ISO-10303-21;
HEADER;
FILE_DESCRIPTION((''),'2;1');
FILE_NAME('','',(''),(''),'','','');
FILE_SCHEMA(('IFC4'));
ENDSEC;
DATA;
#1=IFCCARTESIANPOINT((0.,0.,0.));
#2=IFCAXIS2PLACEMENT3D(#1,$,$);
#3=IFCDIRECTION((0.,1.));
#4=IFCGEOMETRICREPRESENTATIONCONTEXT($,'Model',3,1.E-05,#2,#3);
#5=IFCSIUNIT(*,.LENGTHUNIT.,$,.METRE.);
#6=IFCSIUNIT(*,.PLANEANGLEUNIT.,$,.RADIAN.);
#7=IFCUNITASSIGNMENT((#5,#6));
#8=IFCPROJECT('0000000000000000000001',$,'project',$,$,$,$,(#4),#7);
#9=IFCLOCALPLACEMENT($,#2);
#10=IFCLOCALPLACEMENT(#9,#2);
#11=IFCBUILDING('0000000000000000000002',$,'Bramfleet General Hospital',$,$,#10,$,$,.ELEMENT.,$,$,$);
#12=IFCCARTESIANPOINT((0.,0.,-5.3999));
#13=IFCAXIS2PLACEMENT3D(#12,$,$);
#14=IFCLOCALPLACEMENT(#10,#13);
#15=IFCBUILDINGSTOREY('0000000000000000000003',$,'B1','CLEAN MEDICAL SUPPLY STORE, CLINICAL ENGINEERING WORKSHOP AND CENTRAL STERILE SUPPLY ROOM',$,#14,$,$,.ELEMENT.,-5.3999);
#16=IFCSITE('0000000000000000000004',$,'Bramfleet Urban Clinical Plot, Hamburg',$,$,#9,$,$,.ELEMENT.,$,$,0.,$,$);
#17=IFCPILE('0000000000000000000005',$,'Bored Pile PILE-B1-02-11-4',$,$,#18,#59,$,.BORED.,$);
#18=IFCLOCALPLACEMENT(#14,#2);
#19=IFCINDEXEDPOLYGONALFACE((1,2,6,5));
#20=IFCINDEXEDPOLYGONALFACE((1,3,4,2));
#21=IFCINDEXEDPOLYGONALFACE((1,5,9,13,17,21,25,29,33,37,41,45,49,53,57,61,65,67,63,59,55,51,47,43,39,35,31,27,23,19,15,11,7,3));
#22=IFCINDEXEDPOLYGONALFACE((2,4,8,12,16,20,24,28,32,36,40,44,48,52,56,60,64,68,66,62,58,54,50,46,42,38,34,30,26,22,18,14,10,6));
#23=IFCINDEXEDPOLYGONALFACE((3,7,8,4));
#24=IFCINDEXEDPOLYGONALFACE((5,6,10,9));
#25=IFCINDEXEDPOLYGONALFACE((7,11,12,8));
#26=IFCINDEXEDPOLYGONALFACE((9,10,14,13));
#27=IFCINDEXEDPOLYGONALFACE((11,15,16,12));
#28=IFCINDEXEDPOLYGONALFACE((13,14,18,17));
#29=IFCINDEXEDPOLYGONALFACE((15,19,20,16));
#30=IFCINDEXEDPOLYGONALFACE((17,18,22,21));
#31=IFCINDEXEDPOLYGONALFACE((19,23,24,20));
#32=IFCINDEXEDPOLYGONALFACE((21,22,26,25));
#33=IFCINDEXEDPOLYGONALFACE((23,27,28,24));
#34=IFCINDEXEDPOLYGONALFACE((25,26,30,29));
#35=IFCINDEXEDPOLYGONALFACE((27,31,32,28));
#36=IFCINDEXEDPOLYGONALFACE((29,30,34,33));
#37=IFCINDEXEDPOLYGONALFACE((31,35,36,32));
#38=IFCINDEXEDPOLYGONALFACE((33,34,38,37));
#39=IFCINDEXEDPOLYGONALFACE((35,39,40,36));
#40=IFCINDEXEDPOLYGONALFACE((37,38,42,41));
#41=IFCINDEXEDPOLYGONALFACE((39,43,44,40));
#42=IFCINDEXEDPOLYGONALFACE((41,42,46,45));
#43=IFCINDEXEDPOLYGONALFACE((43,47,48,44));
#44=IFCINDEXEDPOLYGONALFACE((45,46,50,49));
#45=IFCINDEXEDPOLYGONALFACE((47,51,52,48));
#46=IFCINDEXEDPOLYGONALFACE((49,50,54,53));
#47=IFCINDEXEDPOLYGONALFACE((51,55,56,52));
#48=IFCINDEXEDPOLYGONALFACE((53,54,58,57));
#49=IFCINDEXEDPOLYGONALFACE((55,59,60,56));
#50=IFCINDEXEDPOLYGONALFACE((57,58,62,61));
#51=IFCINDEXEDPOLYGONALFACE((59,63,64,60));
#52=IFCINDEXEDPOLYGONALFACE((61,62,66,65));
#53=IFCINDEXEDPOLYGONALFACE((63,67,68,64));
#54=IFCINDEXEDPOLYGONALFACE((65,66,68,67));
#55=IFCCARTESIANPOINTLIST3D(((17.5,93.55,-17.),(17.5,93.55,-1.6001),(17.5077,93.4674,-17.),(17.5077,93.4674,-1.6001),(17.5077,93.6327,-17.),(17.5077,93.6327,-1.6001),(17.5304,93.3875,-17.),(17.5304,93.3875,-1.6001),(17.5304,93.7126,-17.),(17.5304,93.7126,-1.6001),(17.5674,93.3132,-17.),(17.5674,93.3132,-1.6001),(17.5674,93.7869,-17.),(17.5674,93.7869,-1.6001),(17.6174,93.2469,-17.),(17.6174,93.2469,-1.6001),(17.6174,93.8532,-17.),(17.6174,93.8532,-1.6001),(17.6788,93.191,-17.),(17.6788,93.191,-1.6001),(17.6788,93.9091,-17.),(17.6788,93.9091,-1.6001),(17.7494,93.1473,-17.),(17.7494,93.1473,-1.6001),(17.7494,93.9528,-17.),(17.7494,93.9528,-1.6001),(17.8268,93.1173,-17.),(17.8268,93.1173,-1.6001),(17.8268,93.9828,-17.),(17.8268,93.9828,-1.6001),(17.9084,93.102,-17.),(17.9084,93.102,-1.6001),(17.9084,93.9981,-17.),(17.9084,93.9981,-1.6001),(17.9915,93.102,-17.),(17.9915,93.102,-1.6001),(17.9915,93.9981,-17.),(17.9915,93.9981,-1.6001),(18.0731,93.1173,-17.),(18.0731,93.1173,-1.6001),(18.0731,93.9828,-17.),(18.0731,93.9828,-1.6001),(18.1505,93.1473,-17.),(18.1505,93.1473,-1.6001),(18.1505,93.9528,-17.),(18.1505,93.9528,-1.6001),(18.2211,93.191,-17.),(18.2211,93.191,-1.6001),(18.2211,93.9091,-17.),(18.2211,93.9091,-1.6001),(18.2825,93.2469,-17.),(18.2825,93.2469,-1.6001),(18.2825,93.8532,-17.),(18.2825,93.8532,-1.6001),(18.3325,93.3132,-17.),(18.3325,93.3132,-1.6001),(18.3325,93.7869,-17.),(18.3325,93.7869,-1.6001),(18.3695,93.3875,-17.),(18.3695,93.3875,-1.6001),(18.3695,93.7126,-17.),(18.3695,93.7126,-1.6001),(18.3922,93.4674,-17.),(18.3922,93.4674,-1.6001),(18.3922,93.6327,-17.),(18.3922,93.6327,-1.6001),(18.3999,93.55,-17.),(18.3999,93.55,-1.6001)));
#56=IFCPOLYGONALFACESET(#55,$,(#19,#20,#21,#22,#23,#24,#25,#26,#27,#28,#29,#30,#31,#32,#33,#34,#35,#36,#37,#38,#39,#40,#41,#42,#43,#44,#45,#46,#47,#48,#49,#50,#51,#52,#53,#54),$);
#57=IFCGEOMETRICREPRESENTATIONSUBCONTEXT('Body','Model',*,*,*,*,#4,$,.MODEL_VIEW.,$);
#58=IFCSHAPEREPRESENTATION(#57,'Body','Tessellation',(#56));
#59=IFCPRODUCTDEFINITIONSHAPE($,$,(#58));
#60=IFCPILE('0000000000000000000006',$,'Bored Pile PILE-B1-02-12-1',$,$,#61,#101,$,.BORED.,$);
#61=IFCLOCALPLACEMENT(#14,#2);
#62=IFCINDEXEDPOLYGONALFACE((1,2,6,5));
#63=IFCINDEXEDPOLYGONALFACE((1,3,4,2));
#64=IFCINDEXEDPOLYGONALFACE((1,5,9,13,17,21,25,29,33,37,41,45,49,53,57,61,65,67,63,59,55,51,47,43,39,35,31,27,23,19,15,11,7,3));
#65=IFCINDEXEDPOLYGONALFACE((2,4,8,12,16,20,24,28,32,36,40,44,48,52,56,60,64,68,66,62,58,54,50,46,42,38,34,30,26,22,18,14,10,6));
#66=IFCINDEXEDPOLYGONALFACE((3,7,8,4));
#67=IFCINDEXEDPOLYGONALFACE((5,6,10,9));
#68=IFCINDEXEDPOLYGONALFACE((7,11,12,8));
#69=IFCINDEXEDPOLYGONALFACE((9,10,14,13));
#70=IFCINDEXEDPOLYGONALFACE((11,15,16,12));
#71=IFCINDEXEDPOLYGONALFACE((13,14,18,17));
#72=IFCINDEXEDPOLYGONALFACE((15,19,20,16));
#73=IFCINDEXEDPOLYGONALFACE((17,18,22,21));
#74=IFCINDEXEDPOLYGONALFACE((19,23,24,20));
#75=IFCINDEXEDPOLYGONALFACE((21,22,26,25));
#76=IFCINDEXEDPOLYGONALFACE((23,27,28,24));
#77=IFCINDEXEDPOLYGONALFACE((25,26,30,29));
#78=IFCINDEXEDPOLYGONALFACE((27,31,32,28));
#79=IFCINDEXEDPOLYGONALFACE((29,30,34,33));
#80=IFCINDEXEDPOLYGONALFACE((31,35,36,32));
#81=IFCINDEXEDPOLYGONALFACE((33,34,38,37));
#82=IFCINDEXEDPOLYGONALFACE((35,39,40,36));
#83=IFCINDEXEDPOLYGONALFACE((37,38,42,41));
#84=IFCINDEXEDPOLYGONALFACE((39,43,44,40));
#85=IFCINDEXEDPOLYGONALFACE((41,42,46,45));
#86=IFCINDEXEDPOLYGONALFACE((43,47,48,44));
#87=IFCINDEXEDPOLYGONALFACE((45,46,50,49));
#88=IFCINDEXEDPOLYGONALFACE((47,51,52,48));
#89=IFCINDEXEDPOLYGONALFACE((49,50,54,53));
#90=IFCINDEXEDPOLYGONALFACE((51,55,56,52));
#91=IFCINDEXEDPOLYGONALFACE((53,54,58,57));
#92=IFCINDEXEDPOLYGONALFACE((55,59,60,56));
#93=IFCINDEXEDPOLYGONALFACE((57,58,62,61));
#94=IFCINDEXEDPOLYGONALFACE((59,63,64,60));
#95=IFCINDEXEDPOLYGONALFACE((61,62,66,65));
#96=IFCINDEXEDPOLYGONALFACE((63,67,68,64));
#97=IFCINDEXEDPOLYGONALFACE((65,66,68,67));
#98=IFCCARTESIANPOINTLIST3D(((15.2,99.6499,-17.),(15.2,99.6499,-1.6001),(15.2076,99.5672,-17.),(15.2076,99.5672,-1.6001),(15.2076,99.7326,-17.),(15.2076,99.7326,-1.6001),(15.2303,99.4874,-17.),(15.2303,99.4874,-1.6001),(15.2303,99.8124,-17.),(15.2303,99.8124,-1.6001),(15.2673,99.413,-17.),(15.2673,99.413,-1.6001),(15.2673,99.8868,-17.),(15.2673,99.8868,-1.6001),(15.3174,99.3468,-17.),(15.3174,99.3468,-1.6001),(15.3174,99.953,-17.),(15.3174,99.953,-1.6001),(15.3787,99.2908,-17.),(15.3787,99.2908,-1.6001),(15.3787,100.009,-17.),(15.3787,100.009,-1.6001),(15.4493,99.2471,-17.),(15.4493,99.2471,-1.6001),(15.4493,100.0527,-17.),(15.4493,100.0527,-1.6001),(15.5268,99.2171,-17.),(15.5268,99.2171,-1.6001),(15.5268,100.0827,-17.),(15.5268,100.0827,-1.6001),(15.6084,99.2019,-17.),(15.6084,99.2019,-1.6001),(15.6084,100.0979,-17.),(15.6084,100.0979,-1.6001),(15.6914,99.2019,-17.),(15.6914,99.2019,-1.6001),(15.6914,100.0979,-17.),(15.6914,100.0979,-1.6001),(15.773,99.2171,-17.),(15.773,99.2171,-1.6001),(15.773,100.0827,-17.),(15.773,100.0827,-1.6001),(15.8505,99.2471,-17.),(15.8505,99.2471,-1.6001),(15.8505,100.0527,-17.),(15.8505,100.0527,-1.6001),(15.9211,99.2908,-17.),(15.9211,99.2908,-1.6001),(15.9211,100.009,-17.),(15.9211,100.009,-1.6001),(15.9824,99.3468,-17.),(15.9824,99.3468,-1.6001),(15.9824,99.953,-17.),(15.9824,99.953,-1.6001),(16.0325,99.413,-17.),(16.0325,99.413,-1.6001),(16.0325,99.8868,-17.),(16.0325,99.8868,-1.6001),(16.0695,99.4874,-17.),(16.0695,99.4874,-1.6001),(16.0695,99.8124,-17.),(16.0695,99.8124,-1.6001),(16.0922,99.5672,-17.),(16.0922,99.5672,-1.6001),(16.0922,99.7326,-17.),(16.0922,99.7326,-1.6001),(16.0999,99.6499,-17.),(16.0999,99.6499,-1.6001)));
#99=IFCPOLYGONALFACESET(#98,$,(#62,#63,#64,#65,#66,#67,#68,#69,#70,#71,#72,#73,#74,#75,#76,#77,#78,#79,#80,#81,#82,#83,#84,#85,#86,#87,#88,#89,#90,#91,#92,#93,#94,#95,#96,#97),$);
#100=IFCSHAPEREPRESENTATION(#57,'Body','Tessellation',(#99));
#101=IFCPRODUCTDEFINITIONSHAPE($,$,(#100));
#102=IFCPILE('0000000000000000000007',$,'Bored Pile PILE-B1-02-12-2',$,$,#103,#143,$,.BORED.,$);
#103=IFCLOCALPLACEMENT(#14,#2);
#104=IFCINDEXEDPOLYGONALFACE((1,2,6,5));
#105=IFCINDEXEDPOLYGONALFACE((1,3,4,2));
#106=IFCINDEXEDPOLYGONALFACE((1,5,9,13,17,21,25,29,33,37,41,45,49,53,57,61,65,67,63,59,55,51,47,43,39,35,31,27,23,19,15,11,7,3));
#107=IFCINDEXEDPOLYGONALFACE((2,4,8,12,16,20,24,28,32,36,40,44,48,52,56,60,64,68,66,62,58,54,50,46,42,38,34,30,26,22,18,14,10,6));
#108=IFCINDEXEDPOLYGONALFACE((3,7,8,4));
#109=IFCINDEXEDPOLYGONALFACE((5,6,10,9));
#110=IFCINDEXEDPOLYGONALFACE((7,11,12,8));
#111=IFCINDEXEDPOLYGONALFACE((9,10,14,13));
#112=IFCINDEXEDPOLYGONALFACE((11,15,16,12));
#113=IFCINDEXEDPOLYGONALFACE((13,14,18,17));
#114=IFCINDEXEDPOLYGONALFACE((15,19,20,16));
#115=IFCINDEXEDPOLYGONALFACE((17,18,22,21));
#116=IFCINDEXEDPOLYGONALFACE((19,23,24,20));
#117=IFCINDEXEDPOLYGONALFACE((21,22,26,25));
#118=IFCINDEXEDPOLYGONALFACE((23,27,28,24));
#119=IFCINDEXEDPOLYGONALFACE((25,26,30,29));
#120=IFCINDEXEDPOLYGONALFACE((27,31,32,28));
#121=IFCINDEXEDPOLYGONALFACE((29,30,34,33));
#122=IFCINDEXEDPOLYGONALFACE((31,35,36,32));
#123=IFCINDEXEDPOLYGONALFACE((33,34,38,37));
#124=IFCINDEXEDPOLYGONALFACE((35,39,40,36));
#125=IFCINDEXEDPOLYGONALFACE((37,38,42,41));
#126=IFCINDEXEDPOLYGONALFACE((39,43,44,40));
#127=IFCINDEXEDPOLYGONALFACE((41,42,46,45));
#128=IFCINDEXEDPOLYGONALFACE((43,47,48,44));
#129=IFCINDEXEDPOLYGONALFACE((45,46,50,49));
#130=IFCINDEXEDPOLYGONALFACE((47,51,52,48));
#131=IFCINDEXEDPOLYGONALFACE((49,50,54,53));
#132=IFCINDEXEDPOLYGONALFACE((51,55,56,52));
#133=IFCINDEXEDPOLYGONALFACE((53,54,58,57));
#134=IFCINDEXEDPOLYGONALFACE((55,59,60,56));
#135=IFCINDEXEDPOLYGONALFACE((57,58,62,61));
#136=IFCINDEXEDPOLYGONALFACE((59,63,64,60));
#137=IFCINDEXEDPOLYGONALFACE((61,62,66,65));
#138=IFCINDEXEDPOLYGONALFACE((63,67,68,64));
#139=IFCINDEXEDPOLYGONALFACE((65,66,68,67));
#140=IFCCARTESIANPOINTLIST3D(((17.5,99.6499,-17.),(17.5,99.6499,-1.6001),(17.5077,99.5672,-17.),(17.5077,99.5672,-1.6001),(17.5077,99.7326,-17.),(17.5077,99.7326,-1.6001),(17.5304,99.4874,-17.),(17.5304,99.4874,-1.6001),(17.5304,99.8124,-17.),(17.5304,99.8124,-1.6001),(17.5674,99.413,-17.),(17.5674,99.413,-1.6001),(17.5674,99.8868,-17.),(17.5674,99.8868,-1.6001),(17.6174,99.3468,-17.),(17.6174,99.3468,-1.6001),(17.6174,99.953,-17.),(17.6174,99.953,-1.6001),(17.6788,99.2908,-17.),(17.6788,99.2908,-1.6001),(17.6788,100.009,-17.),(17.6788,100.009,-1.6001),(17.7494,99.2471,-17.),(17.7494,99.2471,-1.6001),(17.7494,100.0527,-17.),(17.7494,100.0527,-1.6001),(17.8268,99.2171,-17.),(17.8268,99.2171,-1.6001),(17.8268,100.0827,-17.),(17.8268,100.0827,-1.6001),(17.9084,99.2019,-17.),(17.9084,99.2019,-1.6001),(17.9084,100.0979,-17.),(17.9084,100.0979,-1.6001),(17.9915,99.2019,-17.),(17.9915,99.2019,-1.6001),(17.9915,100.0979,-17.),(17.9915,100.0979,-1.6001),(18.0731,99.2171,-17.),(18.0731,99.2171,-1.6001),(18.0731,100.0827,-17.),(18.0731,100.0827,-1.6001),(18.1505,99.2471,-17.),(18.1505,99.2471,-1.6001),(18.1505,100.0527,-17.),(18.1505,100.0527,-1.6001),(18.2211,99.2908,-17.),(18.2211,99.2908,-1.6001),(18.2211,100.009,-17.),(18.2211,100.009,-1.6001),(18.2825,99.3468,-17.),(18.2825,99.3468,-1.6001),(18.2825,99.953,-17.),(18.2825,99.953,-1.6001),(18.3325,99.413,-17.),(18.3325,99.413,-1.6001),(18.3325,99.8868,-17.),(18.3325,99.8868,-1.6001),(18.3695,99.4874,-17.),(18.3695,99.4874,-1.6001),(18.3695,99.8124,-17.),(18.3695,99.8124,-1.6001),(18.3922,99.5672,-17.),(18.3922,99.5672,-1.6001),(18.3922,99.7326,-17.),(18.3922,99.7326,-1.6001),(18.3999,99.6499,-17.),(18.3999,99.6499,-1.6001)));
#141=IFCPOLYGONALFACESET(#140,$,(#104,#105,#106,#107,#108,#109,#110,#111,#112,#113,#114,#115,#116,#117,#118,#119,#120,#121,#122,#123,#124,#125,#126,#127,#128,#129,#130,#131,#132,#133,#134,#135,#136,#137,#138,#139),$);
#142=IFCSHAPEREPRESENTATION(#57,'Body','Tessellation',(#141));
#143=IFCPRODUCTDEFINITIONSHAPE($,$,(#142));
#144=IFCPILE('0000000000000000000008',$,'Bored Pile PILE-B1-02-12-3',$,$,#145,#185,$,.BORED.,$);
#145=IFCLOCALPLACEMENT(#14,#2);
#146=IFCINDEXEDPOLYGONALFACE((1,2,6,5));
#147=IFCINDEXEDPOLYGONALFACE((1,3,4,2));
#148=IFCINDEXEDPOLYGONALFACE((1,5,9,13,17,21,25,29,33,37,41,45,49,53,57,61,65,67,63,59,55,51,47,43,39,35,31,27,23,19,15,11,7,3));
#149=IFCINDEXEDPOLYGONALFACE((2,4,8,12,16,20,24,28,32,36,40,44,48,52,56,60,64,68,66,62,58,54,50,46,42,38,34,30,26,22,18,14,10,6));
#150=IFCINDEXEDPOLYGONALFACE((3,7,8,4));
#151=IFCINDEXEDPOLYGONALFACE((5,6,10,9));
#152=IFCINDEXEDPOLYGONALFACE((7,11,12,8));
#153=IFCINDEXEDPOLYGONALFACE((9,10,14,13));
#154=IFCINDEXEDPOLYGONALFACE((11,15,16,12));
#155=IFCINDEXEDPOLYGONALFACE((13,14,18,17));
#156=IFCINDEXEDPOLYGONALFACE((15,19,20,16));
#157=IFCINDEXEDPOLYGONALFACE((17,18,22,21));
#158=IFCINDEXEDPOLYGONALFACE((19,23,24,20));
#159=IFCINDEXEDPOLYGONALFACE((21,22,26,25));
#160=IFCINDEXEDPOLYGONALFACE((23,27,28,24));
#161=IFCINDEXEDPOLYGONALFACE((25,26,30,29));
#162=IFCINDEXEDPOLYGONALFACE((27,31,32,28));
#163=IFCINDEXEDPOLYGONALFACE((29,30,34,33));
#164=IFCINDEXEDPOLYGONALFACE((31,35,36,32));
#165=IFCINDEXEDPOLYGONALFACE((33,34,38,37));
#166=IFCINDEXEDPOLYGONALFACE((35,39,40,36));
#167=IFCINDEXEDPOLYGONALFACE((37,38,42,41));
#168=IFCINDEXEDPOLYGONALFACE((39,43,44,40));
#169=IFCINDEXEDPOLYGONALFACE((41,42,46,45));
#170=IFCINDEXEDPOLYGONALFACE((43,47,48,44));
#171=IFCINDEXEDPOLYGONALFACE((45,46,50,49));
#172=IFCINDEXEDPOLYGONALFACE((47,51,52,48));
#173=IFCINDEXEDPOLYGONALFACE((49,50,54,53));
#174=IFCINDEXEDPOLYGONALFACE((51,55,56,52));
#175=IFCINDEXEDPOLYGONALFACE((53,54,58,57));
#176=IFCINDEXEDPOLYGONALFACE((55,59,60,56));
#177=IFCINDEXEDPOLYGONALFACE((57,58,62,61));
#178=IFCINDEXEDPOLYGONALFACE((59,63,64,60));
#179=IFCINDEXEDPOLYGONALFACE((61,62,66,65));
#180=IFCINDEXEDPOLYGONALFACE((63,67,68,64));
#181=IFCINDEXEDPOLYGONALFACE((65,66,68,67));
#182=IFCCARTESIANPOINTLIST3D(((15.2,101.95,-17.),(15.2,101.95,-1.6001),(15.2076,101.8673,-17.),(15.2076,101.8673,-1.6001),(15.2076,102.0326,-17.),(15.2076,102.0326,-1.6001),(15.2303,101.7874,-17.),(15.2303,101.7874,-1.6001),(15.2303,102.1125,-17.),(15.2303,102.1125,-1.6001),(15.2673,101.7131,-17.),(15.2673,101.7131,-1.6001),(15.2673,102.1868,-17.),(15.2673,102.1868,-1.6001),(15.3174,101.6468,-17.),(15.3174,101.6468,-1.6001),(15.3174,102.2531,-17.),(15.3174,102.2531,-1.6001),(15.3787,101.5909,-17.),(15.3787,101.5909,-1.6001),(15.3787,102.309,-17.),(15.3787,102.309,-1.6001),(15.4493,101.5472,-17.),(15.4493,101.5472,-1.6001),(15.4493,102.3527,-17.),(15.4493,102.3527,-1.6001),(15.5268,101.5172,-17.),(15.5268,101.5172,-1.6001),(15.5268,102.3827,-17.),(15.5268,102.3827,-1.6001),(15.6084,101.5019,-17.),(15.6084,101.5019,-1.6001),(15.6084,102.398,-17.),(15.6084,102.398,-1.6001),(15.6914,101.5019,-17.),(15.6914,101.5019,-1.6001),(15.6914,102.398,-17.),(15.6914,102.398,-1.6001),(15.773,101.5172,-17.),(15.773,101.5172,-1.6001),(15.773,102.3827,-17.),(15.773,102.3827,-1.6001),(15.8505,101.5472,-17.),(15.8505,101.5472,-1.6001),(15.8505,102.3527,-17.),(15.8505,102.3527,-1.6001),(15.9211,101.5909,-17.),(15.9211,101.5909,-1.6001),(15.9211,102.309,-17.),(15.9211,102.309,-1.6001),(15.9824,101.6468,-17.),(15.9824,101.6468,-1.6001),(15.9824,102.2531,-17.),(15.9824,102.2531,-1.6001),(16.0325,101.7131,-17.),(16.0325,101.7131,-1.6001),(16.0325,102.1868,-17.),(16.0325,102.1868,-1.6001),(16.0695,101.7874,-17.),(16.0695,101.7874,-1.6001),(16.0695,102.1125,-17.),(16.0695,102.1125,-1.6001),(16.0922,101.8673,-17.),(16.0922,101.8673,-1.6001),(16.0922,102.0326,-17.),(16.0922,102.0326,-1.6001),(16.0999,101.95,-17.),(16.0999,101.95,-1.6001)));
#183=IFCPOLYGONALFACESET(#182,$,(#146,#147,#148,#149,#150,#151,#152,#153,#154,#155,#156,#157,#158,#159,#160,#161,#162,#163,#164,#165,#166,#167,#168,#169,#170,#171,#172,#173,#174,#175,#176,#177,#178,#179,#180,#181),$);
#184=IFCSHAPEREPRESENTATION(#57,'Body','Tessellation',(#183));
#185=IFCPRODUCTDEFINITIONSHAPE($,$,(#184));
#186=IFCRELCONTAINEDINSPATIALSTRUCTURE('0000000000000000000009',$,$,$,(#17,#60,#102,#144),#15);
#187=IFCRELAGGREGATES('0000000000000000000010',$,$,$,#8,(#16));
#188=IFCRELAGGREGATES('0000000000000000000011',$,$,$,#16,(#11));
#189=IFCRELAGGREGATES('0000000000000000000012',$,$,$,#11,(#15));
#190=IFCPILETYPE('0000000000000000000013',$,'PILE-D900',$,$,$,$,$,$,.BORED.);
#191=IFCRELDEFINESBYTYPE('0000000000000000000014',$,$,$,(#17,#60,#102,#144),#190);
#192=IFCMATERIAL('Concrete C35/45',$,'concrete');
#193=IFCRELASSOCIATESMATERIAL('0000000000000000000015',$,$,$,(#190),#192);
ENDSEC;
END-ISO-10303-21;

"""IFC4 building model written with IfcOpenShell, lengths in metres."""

from ifc_helpers import new_model, si_unit, direction, frame, origin, origin_2d, place, context, subcontext, project, spatial, circle, extrude, material, material_profile, profile_set, type_object, element, save


model = new_model("IFC4")

# Units and contexts
model_context = context("Model", 3, precision=1e-05, world=origin(), true_north=direction((0.0, 1.0)))
body_context = subcontext(model_context, "Body", "Model", "MODEL_VIEW")
ifc_project = project(units=[si_unit("LENGTHUNIT", "METRE"), si_unit("PLANEANGLEUNIT", "RADIAN")], contexts=[model_context])

# Site, building, storey
site_placement = place(None, origin())
site = spatial("IfcSite", under=ifc_project, at=site_placement, Name="Bramfleet Urban Clinical Plot, Hamburg", CompositionType="ELEMENT", RefElevation=0.0)
building_placement = place(site_placement, origin())
building = spatial("IfcBuilding", under=site, at=building_placement, Name="Bramfleet General Hospital", CompositionType="ELEMENT")
storey_placement = place(building_placement, frame((0.0, 0.0, -5.3999)))
storey = spatial("IfcBuildingStorey", under=building, at=storey_placement, Name="B1", Description="CLEAN MEDICAL SUPPLY STORE, CLINICAL ENGINEERING WORKSHOP AND CENTRAL STERILE SUPPLY ROOM", CompositionType="ELEMENT", Elevation=-5.3999)

# Shared definitions
ifc_material_1 = material(Name="Concrete C35/45", Category="concrete")

# Piles
ifc_material_profile_1 = material_profile(ifc_material_1, circle(Radius=0.45, at=origin_2d()), Name="PILE BORED D900")
ifc_profile_set_1 = profile_set([ifc_material_profile_1], Name="Concrete C35/45")
pile_type = type_object("IfcPileType", Name="PILE-D900", PredefinedType="BORED", material=ifc_profile_set_1)
for number, where, z_axis, x_axis, name in (
    (1, (17.95, 93.55, -1.6001), (0.0, 0.0, -1.0), (1.0, 0.0, 0.0), "Bored Pile PILE-B1-02-11-4"),
    (2, (15.6499, 99.6499, -1.6001), (0.0, 0.0, -1.0), (1.0, 0.0, 0.0), "Bored Pile PILE-B1-02-12-1"),
    (3, (17.95, 99.6499, -1.6001), (0.0, 0.0, -1.0), (1.0, 0.0, 0.0), "Bored Pile PILE-B1-02-12-2"),
    (4, (15.6499, 101.95, -1.6001), (0.0, 0.0, -1.0), (1.0, 0.0, 0.0), "Bored Pile PILE-B1-02-12-3"),
):
    element("IfcPile", number, at=place(storey_placement, frame(where, z_axis=z_axis, x_axis=x_axis)), inside=storey, type_object=pile_type, Name=name, PredefinedType="BORED", context=body_context, shape_type="SweptSolid", body=[
        extrude(circle(Radius=0.45, at=origin_2d()), origin(), (0.0, 0.0, 1.0), 15.3999),
    ])

save(model, "model.ifc")
